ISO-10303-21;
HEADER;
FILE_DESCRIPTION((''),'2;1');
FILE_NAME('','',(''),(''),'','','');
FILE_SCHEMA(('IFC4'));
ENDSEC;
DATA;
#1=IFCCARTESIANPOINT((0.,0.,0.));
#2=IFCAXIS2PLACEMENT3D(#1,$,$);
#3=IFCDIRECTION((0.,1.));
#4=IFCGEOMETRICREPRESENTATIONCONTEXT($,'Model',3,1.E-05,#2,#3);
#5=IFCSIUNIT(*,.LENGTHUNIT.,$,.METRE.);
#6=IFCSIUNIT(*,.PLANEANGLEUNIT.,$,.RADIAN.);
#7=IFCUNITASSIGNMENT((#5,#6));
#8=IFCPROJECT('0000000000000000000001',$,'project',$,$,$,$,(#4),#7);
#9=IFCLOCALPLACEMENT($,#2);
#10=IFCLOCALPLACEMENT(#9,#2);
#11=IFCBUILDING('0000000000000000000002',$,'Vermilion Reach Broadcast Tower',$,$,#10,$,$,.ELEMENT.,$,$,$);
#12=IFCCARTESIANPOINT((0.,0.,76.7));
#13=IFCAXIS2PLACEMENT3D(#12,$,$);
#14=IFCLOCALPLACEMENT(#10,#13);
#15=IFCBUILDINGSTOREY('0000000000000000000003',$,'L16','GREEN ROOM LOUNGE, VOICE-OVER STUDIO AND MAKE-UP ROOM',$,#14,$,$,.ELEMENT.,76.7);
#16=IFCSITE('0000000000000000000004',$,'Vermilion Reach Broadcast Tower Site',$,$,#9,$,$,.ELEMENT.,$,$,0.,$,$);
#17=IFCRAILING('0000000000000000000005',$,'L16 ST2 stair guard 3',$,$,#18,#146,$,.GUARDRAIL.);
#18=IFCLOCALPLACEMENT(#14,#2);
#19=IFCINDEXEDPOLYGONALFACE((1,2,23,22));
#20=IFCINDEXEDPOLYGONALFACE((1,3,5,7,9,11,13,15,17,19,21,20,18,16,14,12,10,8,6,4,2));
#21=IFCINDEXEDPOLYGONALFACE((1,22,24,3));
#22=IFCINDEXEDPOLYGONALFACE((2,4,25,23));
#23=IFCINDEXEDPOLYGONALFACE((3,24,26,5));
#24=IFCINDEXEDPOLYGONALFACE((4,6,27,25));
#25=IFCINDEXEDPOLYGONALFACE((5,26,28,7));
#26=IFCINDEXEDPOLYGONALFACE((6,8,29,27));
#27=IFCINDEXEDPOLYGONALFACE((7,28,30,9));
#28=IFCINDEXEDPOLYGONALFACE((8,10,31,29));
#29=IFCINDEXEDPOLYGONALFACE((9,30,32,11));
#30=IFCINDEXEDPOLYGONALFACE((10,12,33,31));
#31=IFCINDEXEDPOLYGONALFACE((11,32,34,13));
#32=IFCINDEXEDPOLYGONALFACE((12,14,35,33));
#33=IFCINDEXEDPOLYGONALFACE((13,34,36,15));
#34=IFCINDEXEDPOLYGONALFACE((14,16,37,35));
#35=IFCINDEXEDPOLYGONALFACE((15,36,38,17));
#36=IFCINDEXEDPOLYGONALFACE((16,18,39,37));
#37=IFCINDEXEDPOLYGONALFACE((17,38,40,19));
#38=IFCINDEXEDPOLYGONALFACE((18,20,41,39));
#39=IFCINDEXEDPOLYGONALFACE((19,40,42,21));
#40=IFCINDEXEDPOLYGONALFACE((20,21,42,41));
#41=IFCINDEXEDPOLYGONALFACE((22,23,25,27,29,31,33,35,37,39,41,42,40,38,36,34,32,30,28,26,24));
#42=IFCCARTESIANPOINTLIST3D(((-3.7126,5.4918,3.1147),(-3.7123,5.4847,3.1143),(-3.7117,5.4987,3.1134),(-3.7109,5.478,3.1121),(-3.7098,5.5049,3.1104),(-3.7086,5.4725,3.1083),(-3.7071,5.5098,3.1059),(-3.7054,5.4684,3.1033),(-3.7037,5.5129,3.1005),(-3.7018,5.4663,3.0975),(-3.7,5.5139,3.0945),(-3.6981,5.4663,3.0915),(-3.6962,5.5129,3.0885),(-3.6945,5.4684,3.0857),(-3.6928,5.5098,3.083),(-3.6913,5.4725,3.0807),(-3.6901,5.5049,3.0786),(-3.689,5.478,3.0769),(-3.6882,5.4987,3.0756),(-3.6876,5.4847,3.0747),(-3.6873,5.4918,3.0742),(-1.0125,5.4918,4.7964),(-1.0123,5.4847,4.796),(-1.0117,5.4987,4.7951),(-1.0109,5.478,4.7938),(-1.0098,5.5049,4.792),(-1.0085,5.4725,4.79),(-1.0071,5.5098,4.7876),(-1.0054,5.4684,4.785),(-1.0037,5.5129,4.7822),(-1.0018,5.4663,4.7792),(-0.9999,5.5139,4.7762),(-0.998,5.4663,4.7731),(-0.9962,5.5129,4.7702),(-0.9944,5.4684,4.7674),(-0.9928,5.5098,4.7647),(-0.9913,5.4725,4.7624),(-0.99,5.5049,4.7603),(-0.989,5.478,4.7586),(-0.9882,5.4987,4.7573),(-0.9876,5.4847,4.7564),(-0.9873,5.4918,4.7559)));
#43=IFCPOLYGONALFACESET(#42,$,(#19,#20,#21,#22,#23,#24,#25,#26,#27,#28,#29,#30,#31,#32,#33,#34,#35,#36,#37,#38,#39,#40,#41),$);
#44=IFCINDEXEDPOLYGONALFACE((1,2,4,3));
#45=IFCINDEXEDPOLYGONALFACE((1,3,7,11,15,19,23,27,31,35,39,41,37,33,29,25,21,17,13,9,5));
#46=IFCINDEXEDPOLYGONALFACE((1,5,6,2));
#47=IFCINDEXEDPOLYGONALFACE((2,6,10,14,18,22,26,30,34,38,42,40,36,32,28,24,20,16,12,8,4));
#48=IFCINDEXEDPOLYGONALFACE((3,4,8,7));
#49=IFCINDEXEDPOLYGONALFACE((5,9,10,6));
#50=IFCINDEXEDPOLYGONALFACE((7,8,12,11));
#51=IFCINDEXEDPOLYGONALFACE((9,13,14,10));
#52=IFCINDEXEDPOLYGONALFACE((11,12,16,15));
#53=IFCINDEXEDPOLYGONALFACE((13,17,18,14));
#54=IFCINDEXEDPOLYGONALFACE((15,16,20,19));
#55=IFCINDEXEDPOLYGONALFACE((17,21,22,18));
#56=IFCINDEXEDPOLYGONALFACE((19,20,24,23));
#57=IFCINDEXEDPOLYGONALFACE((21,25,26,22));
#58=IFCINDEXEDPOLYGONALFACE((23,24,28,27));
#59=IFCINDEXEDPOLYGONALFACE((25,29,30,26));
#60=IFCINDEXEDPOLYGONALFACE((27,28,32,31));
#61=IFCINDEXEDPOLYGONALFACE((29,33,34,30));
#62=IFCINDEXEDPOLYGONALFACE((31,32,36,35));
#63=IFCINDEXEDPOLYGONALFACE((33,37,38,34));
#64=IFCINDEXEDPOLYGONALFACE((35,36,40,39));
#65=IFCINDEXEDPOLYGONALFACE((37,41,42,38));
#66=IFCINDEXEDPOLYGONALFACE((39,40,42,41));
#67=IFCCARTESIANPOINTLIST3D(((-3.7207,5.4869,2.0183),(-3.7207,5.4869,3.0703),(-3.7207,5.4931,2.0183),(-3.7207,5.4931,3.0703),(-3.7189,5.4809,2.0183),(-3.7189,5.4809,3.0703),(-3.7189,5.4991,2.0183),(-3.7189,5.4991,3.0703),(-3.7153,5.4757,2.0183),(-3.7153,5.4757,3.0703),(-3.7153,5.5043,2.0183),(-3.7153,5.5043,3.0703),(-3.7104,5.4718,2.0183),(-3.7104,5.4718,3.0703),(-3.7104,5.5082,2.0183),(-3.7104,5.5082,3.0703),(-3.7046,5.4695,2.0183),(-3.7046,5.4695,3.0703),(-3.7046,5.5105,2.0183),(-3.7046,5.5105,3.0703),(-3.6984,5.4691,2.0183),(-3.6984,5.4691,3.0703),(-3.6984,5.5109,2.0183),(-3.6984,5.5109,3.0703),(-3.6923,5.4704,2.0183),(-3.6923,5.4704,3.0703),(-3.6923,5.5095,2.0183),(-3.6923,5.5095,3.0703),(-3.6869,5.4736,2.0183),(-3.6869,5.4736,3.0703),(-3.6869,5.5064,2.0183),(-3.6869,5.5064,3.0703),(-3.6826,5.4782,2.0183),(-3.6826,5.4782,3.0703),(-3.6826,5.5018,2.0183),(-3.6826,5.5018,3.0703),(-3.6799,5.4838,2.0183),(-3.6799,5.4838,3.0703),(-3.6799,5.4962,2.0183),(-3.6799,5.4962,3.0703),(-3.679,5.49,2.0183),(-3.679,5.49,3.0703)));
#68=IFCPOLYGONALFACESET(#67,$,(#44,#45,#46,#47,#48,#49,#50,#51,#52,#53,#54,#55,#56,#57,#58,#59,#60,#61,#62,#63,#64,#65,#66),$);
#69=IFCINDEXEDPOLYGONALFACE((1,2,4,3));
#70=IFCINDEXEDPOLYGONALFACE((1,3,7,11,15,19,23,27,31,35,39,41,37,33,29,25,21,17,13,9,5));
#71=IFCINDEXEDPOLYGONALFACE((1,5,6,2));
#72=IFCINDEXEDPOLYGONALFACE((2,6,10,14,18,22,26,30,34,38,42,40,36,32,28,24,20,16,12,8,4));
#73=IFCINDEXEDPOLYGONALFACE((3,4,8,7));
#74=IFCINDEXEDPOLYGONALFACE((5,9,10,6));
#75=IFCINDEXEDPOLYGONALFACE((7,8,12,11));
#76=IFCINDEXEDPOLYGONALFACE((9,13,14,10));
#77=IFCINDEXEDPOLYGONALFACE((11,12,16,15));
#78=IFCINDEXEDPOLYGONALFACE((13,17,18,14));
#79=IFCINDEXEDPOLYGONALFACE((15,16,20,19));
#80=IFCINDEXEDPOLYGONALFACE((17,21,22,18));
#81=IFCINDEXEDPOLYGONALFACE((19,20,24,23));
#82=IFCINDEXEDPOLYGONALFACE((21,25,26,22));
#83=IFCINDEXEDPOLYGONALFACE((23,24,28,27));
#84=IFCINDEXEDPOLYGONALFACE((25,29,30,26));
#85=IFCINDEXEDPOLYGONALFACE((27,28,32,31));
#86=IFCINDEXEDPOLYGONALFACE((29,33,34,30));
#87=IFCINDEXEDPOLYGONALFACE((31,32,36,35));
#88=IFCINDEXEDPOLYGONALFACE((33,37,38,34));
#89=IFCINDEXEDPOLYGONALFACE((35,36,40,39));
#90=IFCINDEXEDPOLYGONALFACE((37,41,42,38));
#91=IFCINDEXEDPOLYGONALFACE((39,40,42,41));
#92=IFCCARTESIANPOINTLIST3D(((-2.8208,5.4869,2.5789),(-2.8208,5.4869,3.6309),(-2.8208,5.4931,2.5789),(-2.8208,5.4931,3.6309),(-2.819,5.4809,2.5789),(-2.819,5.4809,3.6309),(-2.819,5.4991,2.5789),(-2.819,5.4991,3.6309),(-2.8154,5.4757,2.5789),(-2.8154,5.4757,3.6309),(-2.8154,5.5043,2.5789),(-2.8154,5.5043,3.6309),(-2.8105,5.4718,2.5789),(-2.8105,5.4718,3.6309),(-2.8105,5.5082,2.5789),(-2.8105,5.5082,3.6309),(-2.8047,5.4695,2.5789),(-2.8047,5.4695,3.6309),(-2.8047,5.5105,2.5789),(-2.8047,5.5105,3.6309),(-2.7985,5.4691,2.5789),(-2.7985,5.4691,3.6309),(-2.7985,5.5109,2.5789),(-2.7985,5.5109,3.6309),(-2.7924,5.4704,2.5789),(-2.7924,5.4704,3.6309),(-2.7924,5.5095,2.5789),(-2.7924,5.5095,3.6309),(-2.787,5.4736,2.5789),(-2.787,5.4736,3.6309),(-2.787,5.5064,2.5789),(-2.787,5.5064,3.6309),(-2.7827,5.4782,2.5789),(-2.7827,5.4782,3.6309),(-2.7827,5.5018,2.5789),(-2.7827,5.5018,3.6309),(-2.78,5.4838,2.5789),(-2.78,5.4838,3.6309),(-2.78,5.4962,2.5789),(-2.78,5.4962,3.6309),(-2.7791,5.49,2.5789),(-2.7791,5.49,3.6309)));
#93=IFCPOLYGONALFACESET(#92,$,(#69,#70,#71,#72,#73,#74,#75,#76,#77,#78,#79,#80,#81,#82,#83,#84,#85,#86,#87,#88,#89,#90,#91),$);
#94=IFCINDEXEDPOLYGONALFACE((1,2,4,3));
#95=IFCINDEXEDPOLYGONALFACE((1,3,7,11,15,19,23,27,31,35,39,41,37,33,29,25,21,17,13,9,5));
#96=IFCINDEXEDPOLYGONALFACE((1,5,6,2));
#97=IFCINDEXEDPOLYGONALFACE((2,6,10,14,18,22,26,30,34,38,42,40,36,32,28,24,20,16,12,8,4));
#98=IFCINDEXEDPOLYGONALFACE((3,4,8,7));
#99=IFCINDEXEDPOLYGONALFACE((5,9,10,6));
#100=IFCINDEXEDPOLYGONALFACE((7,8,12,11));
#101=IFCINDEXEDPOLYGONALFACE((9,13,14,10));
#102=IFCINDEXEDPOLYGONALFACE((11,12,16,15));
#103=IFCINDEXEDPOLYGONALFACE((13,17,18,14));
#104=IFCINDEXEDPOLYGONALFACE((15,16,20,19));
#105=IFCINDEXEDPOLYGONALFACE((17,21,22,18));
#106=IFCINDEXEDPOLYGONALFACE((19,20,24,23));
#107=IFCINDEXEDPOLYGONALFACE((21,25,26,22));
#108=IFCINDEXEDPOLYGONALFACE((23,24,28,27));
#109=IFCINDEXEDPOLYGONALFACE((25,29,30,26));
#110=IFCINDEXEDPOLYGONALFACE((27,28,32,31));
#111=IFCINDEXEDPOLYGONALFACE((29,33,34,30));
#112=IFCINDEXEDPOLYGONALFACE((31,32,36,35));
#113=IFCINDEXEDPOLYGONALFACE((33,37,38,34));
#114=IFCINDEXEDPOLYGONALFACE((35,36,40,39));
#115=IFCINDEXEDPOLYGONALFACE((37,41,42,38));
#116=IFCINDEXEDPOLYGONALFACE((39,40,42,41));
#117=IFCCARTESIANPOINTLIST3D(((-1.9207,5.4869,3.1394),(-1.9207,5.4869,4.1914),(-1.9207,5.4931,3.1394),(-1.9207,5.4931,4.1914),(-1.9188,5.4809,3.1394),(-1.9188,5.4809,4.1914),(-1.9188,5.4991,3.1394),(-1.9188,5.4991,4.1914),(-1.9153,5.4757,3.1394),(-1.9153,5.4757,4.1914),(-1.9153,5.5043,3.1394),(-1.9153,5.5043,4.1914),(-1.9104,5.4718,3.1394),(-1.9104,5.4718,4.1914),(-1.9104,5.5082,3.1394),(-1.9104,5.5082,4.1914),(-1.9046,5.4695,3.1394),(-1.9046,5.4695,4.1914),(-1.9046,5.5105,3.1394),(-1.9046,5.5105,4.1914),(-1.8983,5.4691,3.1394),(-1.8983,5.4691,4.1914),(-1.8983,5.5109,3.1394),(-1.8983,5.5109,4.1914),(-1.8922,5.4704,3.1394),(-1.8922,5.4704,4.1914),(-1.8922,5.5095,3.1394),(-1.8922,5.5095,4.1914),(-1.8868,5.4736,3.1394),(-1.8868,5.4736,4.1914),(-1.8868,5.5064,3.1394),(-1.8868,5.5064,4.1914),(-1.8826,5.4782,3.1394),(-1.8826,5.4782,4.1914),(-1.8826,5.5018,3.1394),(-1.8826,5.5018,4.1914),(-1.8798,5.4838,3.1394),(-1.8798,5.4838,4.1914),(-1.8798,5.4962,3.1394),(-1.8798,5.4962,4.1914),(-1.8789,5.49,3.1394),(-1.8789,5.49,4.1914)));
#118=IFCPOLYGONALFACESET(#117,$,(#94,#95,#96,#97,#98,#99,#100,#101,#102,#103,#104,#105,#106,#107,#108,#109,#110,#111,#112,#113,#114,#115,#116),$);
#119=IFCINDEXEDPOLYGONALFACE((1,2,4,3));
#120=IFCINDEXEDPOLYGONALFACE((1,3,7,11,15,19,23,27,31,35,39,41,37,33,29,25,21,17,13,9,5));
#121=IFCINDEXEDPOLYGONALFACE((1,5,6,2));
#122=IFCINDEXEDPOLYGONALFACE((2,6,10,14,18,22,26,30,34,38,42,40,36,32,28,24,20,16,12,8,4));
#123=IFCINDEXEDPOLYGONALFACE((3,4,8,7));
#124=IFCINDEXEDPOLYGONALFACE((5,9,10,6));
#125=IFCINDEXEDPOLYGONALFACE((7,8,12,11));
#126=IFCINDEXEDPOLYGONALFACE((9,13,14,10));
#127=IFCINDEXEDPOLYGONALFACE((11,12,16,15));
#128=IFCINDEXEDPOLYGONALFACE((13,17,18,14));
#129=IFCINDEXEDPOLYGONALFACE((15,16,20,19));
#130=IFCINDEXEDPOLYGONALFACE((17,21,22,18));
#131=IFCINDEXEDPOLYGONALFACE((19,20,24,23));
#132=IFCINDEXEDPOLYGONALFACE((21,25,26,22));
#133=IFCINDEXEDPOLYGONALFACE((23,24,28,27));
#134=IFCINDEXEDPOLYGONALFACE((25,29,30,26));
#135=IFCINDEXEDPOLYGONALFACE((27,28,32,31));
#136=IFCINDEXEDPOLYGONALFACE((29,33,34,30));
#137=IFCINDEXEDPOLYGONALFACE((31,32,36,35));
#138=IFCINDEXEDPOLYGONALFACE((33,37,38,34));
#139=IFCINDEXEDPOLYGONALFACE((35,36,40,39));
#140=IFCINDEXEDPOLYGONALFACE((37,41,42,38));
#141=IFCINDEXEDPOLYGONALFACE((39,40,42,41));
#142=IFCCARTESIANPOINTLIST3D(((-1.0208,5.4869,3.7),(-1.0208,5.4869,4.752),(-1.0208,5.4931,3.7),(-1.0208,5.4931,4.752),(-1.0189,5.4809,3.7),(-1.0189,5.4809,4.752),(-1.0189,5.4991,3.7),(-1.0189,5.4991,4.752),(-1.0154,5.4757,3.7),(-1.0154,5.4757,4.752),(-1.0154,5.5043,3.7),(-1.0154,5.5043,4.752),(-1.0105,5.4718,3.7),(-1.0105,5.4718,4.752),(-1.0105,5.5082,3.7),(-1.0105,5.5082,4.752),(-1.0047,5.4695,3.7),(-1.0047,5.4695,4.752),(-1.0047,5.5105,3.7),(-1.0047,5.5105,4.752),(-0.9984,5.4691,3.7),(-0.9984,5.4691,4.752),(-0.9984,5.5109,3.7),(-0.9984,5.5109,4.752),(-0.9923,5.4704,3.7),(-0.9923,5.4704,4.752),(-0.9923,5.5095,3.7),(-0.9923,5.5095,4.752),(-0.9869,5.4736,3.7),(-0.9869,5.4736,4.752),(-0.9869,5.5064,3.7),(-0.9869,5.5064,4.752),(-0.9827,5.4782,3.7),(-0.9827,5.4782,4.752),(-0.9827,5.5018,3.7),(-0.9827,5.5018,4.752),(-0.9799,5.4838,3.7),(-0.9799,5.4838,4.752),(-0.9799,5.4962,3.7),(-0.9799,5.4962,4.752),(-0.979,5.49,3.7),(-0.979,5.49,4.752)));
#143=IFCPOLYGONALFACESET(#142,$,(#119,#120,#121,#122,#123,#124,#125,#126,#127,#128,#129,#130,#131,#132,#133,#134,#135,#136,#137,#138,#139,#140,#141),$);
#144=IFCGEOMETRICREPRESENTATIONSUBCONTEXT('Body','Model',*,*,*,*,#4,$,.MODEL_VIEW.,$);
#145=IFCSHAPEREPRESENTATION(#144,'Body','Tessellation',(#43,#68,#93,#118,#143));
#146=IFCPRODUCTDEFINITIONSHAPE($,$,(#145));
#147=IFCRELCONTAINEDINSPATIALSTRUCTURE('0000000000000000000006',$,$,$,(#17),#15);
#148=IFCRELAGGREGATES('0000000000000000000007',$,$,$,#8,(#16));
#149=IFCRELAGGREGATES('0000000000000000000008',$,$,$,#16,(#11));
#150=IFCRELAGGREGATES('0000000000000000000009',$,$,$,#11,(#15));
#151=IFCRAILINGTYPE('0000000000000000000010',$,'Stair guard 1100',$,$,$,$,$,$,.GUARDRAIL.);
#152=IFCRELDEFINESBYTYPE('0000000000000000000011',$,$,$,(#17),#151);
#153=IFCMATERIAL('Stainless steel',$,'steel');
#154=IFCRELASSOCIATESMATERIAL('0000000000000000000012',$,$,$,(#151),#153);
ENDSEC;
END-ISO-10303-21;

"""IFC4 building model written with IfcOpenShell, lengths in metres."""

from ifc_helpers import new_model, si_unit, direction, frame, origin, origin_2d, place, context, subcontext, project, spatial, circle, extrude, material, type_object, element, save


model = new_model("IFC4")

# Units and contexts
model_context = context("Model", 3, precision=1e-05, world=origin(), true_north=direction((0.0, 1.0)))
body_context = subcontext(model_context, "Body", "Model", "MODEL_VIEW")
ifc_project = project(units=[si_unit("LENGTHUNIT", "METRE"), si_unit("PLANEANGLEUNIT", "RADIAN")], contexts=[model_context])

# Site, building, storey
site_placement = place(None, origin())
site = spatial("IfcSite", under=ifc_project, at=site_placement, Name="Vermilion Reach Broadcast Tower Site", CompositionType="ELEMENT", RefElevation=0.0)
building_placement = place(site_placement, origin())
building = spatial("IfcBuilding", under=site, at=building_placement, Name="Vermilion Reach Broadcast Tower", CompositionType="ELEMENT")
storey_placement = place(building_placement, frame((0.0, 0.0, 76.7)))
storey = spatial("IfcBuildingStorey", under=building, at=storey_placement, Name="L16", Description="GREEN ROOM LOUNGE, VOICE-OVER STUDIO AND MAKE-UP ROOM", CompositionType="ELEMENT", Elevation=76.7)

# Railing
ifc_material_1 = material(Name="Stainless steel", Category="steel")
railing_type_1 = type_object("IfcRailingType", Name="Stair guard 1100", PredefinedType="GUARDRAIL", material=ifc_material_1)
railing_1_placement = place(storey_placement, frame((-3.7, 5.49, 2.0183)))
element("IfcRailing", 1, at=railing_1_placement, inside=storey, type_object=railing_type_1, Name="L16 ST2 stair guard 3", PredefinedType="GUARDRAIL", context=body_context, shape_type="SweptSolid", body=[
    extrude(circle(Radius=0.0239, at=origin_2d()), frame((0.0, 0.0, 1.0762), z_axis=(0.848821, 0.0, 0.528681), x_axis=(0.0, 1.0, 0.0)), (0.0, 0.0, 1.0), 3.1809),
    extrude(circle(Radius=0.021, at=origin_2d()), origin(), (0.0, 0.0, 1.0), 1.052),
    extrude(circle(Radius=0.021, at=origin_2d()), frame((0.8999, 0.0, 0.5605)), (0.0, 0.0, 1.0), 1.052),
    extrude(circle(Radius=0.021, at=origin_2d()), frame((1.8, 0.0, 1.1211)), (0.0, 0.0, 1.0), 1.052),
    extrude(circle(Radius=0.021, at=origin_2d()), frame((2.7, 0.0, 1.6816)), (0.0, 0.0, 1.0), 1.052),
])

save(model, "model.ifc")
